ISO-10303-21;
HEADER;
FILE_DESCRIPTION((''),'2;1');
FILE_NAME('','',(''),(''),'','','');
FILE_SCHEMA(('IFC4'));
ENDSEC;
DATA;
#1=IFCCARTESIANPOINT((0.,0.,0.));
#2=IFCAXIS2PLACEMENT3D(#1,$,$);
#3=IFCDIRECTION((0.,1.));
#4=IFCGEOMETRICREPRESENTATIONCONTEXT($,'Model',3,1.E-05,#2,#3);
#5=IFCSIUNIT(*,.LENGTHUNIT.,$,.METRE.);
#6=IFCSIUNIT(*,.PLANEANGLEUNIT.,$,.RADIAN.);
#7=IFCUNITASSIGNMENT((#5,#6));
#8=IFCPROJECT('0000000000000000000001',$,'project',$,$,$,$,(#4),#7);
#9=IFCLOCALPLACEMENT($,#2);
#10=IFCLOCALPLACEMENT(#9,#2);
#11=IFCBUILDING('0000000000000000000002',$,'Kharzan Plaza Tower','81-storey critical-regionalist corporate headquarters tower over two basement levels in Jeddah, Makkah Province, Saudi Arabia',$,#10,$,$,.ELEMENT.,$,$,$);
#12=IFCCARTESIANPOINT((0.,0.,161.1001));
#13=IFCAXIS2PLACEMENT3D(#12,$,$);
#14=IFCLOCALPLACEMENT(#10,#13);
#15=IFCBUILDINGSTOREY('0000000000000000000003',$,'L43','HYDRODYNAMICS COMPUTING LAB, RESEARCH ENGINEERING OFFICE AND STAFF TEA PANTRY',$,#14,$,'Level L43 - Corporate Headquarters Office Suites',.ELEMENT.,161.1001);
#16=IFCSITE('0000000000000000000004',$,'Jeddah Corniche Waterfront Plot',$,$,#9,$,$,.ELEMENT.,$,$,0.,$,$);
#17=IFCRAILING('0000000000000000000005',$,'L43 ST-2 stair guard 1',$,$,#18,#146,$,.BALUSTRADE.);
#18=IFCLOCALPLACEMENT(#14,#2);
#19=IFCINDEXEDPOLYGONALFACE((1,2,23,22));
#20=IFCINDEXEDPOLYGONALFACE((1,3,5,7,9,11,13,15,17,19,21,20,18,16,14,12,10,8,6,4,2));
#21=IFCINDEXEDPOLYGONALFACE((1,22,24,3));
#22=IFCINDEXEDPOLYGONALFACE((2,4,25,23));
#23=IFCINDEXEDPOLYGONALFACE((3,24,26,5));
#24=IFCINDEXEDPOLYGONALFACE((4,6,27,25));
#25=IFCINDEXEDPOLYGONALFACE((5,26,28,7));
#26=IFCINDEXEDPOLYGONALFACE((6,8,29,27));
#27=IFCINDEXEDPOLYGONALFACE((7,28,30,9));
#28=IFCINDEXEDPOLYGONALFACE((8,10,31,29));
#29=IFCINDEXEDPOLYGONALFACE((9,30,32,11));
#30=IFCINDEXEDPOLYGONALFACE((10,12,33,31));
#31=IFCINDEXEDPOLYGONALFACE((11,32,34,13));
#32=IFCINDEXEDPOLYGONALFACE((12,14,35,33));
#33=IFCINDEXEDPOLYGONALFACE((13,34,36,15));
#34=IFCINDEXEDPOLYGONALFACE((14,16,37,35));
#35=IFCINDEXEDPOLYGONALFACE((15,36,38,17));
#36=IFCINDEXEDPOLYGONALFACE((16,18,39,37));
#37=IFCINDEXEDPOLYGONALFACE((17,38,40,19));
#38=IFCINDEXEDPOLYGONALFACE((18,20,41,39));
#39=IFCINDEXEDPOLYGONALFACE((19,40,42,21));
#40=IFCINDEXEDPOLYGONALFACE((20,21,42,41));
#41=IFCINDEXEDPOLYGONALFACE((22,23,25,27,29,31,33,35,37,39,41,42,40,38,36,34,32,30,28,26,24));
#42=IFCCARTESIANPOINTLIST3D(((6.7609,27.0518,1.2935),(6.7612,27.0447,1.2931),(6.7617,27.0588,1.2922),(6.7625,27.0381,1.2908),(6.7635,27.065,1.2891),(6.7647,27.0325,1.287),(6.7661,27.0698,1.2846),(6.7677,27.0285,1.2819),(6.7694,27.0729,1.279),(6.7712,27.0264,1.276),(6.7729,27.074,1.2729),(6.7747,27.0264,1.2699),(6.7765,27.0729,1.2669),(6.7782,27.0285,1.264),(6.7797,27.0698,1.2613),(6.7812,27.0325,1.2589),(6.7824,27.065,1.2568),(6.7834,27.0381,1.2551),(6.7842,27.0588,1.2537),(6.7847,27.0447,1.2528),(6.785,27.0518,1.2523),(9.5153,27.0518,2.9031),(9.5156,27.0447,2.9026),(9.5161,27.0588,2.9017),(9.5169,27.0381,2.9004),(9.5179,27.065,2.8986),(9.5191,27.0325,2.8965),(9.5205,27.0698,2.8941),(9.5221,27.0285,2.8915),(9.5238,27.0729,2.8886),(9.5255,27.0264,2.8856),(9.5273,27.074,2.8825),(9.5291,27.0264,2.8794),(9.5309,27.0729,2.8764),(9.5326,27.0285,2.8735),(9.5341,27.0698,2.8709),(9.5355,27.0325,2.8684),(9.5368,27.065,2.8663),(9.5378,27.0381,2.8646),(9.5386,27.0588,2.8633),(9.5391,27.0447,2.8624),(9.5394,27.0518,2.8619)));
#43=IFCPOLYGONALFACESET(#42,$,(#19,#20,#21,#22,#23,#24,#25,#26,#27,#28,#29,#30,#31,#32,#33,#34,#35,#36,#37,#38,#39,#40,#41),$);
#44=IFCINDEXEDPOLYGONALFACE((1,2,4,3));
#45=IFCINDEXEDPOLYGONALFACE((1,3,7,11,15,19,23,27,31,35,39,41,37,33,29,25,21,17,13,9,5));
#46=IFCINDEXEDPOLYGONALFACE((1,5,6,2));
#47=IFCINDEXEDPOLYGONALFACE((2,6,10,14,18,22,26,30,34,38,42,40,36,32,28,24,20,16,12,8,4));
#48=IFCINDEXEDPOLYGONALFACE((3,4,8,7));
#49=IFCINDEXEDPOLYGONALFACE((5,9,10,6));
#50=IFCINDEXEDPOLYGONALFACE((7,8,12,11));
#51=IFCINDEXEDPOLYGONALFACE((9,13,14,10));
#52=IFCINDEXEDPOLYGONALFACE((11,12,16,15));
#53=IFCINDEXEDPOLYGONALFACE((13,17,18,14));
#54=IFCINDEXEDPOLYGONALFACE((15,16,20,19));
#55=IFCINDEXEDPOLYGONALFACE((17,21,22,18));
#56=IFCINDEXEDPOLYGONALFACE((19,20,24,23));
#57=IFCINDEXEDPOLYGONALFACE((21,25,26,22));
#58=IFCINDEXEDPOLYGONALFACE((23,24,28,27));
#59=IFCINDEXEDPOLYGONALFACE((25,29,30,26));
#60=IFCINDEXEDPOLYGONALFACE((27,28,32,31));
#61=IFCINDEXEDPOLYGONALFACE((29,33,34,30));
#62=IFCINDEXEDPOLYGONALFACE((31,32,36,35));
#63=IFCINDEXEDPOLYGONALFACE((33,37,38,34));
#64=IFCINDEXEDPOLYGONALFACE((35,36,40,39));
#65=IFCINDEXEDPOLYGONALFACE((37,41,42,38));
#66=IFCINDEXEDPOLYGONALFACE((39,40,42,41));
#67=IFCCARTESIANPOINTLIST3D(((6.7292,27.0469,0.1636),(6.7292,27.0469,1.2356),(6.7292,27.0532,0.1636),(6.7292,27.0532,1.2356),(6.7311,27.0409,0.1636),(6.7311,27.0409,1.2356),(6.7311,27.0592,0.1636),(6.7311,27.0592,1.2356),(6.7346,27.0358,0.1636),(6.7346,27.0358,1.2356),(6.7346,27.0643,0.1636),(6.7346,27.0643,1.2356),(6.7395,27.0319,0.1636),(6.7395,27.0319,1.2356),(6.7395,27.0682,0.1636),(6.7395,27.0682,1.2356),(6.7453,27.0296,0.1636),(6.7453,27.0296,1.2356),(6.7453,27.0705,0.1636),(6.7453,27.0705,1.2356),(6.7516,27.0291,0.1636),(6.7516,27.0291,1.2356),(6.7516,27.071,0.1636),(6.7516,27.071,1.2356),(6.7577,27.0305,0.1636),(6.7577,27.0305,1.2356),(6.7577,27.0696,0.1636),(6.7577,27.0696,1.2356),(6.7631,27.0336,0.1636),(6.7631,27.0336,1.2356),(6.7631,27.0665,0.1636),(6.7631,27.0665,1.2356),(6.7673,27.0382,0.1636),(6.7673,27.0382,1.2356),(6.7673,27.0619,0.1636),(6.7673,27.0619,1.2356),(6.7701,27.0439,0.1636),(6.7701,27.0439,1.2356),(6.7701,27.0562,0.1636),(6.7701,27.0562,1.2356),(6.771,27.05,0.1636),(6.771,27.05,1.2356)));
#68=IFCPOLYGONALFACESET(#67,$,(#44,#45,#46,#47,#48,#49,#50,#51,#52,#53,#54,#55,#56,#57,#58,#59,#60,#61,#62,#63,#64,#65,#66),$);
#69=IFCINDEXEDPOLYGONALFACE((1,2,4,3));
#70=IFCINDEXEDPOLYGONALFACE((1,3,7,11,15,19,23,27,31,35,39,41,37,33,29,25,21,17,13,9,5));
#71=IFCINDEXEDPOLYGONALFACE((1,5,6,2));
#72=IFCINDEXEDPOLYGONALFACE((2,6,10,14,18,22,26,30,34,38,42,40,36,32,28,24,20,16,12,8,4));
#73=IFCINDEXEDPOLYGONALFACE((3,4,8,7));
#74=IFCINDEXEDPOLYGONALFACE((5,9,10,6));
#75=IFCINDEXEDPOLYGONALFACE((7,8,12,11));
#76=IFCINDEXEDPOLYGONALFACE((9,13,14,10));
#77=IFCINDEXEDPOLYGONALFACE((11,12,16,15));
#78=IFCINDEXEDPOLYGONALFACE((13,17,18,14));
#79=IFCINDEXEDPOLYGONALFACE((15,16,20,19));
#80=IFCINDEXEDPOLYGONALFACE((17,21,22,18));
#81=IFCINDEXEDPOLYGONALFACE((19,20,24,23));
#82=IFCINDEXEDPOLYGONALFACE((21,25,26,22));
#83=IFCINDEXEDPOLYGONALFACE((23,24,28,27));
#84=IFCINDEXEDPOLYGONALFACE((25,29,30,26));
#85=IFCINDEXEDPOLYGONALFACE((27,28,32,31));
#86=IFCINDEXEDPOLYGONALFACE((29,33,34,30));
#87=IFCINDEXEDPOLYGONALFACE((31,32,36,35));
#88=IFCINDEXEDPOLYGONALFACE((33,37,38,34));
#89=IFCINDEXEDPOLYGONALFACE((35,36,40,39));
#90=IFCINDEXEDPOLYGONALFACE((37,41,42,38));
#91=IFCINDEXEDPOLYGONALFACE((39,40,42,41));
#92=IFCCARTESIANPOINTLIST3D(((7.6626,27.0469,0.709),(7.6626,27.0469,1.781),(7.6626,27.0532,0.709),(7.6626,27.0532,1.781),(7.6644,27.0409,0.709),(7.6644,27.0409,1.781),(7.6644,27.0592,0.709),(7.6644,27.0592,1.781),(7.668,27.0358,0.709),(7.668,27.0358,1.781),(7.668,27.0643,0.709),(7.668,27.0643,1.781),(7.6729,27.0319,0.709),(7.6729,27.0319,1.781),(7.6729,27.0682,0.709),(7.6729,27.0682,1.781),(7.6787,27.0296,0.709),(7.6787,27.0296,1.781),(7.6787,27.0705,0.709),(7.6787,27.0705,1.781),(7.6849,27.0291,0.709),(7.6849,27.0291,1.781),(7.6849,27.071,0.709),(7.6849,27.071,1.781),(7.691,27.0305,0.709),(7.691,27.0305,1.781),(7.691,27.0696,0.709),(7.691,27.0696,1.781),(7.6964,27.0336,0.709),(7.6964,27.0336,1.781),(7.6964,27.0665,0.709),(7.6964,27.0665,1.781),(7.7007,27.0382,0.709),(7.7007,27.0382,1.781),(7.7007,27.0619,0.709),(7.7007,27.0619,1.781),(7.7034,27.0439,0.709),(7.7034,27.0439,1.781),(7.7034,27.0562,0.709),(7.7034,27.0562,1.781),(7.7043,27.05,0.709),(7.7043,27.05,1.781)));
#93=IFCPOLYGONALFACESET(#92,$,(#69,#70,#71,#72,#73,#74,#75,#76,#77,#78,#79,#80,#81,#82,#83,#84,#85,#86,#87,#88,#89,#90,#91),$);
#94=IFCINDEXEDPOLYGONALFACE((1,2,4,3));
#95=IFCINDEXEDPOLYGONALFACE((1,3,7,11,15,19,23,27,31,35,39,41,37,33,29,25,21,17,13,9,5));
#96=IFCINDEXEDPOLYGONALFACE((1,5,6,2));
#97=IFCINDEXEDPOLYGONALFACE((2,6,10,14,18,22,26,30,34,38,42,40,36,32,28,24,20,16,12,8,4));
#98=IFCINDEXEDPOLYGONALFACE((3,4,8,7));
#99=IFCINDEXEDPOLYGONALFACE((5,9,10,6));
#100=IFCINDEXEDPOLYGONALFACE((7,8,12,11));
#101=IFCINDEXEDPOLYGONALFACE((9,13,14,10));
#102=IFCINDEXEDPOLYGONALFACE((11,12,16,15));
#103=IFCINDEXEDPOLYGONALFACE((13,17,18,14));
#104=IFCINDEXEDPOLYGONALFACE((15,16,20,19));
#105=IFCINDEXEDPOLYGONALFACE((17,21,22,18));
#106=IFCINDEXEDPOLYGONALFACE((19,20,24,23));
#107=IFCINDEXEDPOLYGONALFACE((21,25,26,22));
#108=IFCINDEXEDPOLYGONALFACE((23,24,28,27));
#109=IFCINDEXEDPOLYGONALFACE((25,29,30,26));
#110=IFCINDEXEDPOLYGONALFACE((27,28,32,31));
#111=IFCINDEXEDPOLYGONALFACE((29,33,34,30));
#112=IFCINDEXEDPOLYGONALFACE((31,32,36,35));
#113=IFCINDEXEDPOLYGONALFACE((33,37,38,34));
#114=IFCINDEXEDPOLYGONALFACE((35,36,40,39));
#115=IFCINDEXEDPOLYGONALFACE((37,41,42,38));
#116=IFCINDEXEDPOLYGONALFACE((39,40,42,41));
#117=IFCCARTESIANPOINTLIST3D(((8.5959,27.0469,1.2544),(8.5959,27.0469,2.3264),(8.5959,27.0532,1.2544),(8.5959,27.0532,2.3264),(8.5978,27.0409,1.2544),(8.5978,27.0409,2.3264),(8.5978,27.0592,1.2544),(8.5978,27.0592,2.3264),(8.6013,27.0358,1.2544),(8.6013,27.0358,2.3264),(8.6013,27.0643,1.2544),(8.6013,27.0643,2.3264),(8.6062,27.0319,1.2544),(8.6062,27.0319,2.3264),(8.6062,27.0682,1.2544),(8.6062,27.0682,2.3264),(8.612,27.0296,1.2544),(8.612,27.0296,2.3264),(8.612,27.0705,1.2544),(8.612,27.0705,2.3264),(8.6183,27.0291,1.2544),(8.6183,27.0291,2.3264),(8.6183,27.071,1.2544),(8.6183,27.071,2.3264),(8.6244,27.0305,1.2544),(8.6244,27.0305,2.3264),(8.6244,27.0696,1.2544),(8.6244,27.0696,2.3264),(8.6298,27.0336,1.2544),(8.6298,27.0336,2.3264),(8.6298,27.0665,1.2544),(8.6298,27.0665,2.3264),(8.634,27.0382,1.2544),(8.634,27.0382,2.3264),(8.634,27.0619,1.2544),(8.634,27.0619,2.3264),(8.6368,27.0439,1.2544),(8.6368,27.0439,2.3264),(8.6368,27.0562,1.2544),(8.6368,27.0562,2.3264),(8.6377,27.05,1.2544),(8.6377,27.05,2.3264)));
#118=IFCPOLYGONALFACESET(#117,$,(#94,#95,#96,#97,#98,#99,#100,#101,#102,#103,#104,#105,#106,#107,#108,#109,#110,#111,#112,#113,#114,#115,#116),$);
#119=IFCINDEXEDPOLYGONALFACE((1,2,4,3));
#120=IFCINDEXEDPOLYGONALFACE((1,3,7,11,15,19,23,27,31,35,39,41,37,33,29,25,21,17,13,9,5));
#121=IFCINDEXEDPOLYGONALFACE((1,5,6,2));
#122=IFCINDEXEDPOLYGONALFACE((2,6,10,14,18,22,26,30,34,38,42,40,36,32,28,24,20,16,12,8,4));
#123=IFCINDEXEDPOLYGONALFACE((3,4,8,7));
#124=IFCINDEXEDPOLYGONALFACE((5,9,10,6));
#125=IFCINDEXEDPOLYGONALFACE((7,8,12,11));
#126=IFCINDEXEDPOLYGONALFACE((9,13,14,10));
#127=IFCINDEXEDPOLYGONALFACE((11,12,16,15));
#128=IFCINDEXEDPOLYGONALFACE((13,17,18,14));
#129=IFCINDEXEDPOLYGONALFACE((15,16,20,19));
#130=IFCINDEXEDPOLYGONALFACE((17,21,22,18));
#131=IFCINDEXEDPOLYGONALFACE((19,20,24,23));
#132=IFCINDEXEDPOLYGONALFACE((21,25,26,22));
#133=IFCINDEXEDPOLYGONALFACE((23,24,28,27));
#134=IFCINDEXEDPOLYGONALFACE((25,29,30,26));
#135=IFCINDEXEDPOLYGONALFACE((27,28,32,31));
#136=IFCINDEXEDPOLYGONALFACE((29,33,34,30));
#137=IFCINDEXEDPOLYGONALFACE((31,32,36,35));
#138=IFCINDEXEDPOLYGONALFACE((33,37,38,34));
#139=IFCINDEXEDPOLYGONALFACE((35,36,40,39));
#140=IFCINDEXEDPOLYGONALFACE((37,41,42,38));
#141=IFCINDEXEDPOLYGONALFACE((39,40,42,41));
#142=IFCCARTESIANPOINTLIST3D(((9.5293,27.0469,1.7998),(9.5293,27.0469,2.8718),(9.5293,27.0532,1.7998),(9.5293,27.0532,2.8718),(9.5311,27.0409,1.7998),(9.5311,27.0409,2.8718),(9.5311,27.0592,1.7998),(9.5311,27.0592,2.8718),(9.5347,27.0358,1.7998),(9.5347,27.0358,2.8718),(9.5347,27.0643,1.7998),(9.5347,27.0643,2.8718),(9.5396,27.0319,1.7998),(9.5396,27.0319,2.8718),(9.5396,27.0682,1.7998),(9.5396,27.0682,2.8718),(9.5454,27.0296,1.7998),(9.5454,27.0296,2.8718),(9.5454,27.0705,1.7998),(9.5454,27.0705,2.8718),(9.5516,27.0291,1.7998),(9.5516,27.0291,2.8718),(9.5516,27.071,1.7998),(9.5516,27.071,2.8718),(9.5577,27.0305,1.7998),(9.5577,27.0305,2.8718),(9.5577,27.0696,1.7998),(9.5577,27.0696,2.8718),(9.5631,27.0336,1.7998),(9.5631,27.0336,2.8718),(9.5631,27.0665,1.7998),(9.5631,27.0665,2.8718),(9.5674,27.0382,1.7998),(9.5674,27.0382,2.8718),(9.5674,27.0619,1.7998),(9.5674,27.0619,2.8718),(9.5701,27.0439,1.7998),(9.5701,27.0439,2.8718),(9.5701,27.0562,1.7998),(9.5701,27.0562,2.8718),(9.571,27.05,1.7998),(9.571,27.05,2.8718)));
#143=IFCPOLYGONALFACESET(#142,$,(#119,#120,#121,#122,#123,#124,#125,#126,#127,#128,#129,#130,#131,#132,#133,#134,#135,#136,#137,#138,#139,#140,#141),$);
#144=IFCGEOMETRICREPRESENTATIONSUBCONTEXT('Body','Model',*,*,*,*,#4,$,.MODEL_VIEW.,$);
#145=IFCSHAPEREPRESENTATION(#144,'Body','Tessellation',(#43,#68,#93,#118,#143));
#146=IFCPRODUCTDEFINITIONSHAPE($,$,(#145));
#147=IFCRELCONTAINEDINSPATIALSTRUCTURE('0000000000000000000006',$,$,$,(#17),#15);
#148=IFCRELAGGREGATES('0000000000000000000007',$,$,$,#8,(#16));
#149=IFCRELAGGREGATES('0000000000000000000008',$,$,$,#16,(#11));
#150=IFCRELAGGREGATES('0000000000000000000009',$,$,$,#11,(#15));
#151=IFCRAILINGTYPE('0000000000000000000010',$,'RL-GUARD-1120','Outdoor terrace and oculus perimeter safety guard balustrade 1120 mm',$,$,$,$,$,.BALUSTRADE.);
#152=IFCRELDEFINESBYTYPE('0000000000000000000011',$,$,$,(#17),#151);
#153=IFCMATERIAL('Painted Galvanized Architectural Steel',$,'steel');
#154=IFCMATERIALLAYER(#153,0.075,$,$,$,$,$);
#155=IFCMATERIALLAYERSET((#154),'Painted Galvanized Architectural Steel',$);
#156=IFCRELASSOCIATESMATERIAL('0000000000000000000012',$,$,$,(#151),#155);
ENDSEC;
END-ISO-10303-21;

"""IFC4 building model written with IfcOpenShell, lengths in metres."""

from ifc_helpers import new_model, si_unit, direction, frame, origin, origin_2d, place, context, subcontext, project, spatial, circle, extrude, source, transform, mapped, material, layer, layer_set, type_object, element, save


model = new_model("IFC4")

# Units and contexts
model_context = context("Model", 3, precision=1e-05, world=origin(), true_north=direction((0.0, 1.0)))
body_context = subcontext(model_context, "Body", "Model", "MODEL_VIEW")
ifc_project = project(units=[si_unit("LENGTHUNIT", "METRE"), si_unit("PLANEANGLEUNIT", "RADIAN")], contexts=[model_context])

# Site, building, storey
site_placement = place(None, origin())
site = spatial("IfcSite", under=ifc_project, at=site_placement, Name="Jeddah Corniche Waterfront Plot", CompositionType="ELEMENT", RefElevation=0.0)
building_placement = place(site_placement, origin())
building = spatial("IfcBuilding", under=site, at=building_placement, Name="Kharzan Plaza Tower", Description="81-storey critical-regionalist corporate headquarters tower over two basement levels in Jeddah, Makkah Province, Saudi Arabia", CompositionType="ELEMENT")
storey_placement = place(building_placement, frame((0.0, 0.0, 161.1001)))
storey = spatial("IfcBuildingStorey", under=building, at=storey_placement, Name="L43", Description="HYDRODYNAMICS COMPUTING LAB, RESEARCH ENGINEERING OFFICE AND STAFF TEA PANTRY", LongName="Level L43 - Corporate Headquarters Office Suites", CompositionType="ELEMENT", Elevation=161.1001)

# Railing
ifc_material_1 = material(Name="Painted Galvanized Architectural Steel", Category="steel")
ifc_layer_1 = layer(ifc_material_1, 0.075)
ifc_layer_set_1 = layer_set([ifc_layer_1], Name="Painted Galvanized Architectural Steel")
railing_type_1 = type_object("IfcRailingType", Name="RL-GUARD-1120", Description="Outdoor terrace and oculus perimeter safety guard balustrade 1120 mm", PredefinedType="BALUSTRADE", material=ifc_layer_set_1)
shared_shape_1 = source(origin(), body_context, "Body", "SweptSolid", [
    extrude(circle(Radius=0.0239, at=origin_2d()), frame((0.0229, 0.0, 1.1094), z_axis=(0.863394, 0.0, 0.504531), x_axis=(0.0, 1.0, 0.0)), (0.0, 0.0, 1.0), 3.1902),
    extrude(circle(Radius=0.021, at=origin_2d()), origin(), (0.0, 0.0, 1.0), 1.072),
    extrude(circle(Radius=0.021, at=origin_2d()), frame((0.9333, 0.0, 0.5454)), (0.0, 0.0, 1.0), 1.072),
    extrude(circle(Radius=0.021, at=origin_2d()), frame((1.8667, 0.0, 1.0908)), (0.0, 0.0, 1.0), 1.072),
    extrude(circle(Radius=0.021, at=origin_2d()), frame((2.8, 0.0, 1.6362)), (0.0, 0.0, 1.0), 1.072),
])
railing_1_placement = place(storey_placement, frame((6.75, 27.05, 0.1636)))
element("IfcRailing", 1, at=railing_1_placement, inside=storey, type_object=railing_type_1, Name="L43 ST-2 stair guard 1", PredefinedType="BALUSTRADE", context=body_context, shape_type="MappedRepresentation", body=[
    mapped(shared_shape_1, transform((0.0, 0.0, 0.0), x_axis=(1.0, 0.0, 0.0), y_axis=(0.0, 1.0, 0.0), z_axis=(0.0, 0.0, 1.0))),
])

save(model, "model.ifc")
